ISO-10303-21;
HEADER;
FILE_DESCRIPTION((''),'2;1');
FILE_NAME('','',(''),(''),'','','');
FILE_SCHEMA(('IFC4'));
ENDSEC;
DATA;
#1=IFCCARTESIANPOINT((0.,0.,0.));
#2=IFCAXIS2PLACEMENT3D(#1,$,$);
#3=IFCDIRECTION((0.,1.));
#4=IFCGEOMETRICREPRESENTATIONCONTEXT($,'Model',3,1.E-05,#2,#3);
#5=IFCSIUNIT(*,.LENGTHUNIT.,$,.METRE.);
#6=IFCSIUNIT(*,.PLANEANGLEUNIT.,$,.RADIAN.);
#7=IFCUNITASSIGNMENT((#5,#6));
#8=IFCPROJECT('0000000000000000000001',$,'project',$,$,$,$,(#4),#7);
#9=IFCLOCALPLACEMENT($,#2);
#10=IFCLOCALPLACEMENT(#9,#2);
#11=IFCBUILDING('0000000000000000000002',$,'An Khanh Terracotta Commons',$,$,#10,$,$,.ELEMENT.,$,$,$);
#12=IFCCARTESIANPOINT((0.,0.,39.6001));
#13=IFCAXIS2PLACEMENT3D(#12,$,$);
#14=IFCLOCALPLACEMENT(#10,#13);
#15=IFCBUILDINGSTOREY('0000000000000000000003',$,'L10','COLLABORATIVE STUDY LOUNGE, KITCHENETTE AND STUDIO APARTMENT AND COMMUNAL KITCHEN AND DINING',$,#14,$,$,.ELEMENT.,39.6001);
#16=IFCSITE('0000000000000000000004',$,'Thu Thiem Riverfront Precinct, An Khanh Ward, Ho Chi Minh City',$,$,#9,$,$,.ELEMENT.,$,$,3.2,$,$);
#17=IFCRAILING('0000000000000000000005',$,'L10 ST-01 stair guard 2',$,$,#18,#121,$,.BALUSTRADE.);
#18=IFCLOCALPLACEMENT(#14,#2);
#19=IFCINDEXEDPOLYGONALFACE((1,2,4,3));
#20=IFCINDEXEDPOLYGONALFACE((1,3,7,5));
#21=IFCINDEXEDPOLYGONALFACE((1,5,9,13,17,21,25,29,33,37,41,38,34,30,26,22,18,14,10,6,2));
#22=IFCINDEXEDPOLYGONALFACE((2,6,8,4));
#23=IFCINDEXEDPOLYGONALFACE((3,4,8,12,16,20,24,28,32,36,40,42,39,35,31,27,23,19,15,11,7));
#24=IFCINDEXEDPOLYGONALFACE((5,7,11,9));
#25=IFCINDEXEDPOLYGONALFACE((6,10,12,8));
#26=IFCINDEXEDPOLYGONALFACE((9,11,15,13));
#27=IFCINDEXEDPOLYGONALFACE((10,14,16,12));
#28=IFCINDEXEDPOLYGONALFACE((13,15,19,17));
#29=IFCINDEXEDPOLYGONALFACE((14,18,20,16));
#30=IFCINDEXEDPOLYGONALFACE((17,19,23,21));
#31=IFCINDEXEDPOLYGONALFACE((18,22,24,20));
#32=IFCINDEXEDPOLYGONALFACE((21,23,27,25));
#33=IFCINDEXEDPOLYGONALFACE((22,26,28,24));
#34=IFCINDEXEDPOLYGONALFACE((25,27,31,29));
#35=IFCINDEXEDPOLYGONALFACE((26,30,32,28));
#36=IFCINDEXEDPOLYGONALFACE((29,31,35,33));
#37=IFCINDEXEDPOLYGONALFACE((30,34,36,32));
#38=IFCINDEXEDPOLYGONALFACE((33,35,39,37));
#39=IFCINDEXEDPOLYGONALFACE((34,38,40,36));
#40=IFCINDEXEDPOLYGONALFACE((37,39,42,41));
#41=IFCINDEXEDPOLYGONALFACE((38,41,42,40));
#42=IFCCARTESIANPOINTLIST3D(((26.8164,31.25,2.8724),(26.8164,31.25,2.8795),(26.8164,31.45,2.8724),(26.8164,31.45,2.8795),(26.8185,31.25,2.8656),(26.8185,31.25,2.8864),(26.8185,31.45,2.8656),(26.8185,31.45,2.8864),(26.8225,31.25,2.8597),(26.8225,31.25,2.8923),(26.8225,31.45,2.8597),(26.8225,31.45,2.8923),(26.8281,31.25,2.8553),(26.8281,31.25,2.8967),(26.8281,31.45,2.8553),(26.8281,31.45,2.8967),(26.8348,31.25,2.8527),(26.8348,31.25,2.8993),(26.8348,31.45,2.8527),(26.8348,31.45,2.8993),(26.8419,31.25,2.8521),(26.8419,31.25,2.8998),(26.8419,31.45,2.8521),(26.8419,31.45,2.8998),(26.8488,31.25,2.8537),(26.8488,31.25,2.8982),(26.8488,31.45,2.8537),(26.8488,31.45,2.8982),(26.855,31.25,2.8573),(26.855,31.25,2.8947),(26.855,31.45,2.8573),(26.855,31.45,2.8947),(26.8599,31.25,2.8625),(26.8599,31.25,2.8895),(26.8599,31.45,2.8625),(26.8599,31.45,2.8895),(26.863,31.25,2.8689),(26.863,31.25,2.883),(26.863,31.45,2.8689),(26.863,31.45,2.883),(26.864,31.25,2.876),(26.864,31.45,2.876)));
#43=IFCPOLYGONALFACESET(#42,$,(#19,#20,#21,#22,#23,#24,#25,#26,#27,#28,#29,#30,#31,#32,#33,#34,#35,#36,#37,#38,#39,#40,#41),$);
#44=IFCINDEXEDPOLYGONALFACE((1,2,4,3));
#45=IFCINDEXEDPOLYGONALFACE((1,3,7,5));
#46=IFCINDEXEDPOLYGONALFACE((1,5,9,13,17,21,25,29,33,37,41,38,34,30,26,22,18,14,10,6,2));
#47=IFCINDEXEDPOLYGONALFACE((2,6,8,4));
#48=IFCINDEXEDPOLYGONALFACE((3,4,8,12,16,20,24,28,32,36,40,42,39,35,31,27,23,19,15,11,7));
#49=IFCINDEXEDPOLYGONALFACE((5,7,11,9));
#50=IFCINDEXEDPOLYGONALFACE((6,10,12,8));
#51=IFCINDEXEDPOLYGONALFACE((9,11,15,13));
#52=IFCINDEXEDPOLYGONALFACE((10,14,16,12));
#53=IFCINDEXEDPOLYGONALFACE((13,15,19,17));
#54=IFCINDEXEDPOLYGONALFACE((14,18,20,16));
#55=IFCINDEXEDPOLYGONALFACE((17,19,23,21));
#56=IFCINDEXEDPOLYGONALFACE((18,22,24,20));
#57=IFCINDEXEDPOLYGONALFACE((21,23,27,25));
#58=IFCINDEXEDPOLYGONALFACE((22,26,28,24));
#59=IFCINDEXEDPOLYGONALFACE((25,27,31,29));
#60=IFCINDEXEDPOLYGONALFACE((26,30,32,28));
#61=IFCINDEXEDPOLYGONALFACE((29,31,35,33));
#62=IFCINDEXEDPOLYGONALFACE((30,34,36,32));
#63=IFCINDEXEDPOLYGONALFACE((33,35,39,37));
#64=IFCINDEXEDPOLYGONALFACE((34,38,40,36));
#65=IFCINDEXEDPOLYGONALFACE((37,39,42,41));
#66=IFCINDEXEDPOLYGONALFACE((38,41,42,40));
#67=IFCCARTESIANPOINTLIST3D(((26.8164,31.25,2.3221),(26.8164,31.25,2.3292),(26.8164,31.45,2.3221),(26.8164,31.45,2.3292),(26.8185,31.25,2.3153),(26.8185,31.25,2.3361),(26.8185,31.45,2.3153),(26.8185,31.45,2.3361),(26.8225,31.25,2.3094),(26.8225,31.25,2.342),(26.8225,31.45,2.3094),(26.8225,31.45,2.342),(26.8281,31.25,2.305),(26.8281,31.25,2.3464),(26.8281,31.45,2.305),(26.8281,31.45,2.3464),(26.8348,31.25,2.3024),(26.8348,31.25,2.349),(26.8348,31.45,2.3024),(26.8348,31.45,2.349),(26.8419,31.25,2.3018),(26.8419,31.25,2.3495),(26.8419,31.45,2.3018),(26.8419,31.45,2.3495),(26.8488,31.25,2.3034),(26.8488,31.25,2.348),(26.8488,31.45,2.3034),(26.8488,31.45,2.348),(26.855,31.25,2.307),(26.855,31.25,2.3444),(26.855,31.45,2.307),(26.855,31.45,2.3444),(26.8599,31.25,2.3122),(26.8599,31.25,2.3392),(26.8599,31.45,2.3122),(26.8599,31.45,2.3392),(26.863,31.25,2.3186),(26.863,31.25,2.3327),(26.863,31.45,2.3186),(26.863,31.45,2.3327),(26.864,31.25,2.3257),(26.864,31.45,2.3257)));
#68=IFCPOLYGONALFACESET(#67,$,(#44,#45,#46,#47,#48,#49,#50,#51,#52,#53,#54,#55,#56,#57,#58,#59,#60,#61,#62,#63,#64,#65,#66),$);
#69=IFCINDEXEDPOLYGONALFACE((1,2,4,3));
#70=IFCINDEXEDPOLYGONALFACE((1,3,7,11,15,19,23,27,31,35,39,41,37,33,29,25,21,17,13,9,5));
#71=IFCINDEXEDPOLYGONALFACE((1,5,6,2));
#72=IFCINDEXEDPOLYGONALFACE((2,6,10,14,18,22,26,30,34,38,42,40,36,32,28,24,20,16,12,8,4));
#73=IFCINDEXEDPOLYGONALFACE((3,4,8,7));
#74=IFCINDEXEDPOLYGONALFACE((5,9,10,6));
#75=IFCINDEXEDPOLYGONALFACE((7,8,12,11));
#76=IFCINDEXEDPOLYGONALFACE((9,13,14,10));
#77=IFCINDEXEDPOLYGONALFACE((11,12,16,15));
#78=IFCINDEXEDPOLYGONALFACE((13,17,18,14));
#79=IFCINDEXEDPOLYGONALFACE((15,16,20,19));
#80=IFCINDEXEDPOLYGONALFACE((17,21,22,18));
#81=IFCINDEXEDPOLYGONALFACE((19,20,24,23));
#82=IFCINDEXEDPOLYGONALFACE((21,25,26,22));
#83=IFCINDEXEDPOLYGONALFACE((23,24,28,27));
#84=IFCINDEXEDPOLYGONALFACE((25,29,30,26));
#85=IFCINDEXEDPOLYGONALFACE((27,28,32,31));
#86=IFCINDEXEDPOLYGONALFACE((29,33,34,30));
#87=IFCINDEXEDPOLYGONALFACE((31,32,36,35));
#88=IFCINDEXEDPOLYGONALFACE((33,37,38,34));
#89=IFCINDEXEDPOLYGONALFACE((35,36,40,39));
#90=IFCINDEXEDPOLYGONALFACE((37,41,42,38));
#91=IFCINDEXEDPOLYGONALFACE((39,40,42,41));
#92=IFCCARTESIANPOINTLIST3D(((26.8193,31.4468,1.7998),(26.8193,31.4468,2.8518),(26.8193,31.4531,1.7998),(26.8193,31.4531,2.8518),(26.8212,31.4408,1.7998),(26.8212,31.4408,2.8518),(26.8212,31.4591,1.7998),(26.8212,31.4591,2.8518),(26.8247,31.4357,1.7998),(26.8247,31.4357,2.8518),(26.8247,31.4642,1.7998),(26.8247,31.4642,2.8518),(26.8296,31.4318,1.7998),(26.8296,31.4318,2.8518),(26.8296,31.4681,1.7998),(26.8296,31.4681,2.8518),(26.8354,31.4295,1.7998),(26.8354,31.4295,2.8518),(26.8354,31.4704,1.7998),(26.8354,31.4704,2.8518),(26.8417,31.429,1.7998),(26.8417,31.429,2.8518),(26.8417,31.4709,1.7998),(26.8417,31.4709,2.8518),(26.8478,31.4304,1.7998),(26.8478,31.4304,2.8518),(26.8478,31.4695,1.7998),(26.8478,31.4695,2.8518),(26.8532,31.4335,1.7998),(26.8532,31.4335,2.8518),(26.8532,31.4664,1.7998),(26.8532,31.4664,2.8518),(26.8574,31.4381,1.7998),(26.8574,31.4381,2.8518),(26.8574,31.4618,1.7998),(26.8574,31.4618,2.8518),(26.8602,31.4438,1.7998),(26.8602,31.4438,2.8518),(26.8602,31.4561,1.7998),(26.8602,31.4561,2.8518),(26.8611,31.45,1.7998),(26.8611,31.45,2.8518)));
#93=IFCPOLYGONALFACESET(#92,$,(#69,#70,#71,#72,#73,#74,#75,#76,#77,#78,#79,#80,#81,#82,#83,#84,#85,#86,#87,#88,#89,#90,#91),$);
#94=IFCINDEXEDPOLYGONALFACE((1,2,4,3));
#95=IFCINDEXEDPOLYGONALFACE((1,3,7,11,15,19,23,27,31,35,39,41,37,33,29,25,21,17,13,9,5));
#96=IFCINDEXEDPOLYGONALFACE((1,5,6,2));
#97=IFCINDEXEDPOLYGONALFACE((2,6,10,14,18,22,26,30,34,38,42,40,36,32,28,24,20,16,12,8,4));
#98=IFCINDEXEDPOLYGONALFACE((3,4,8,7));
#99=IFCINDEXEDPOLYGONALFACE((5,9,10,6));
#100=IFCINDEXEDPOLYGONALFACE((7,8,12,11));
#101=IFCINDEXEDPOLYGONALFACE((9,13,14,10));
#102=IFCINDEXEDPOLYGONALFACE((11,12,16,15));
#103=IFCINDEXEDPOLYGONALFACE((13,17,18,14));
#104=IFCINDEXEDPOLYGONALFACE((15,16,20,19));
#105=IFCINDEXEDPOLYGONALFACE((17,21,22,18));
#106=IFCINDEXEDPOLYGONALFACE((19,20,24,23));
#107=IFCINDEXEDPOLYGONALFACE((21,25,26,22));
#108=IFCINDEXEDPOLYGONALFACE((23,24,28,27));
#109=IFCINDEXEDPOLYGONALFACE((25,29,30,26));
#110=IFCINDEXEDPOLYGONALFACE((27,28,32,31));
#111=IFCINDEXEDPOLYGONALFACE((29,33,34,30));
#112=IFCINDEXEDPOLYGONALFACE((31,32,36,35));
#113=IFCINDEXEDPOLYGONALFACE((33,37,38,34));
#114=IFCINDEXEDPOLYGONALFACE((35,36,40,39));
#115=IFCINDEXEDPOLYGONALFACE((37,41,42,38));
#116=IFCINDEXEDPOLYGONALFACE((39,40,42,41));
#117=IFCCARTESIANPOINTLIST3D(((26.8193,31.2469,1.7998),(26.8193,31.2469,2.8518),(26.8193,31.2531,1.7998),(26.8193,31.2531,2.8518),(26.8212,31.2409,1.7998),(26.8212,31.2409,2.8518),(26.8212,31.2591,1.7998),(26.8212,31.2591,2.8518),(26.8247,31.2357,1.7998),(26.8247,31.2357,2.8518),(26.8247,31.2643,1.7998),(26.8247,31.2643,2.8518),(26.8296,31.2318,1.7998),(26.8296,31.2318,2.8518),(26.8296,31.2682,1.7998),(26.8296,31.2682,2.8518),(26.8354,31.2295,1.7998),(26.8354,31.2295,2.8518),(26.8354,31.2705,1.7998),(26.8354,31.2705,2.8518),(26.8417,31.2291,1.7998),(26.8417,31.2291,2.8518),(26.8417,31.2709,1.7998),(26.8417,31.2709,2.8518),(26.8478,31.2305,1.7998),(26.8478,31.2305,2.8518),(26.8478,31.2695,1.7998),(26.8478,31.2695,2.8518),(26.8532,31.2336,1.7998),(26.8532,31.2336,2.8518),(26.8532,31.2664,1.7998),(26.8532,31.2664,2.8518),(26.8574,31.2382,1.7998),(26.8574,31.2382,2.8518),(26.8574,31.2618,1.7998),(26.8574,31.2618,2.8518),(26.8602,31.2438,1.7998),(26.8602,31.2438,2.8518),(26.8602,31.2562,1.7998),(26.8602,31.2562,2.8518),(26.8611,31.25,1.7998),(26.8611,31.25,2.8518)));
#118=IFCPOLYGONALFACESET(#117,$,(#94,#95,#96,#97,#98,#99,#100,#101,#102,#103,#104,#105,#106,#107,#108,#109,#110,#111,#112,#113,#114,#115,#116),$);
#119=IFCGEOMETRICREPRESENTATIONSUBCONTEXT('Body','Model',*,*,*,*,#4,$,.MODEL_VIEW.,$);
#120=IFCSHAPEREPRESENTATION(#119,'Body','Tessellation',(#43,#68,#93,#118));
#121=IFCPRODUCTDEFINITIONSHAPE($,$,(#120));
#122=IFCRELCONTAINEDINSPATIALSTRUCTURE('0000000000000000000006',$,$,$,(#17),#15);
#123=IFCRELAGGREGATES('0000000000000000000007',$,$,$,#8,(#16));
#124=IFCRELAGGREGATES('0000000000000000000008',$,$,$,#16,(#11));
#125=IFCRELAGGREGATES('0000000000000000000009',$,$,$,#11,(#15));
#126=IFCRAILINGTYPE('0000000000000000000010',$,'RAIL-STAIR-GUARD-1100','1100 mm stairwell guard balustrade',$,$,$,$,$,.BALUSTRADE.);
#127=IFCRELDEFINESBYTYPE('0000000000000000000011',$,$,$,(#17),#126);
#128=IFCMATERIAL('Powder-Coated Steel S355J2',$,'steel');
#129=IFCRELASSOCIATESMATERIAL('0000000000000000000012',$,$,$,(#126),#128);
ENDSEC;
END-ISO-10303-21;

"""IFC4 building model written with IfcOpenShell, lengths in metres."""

from ifc_helpers import new_model, si_unit, direction, frame, origin, origin_2d, place, context, subcontext, project, spatial, circle, extrude, material, type_object, element, save


model = new_model("IFC4")

# Units and contexts
model_context = context("Model", 3, precision=1e-05, world=origin(), true_north=direction((0.0, 1.0)))
body_context = subcontext(model_context, "Body", "Model", "MODEL_VIEW")
ifc_project = project(units=[si_unit("LENGTHUNIT", "METRE"), si_unit("PLANEANGLEUNIT", "RADIAN")], contexts=[model_context])

# Site, building, storey
site_placement = place(None, origin())
site = spatial("IfcSite", under=ifc_project, at=site_placement, Name="Thu Thiem Riverfront Precinct, An Khanh Ward, Ho Chi Minh City", CompositionType="ELEMENT", RefElevation=3.2)
building_placement = place(site_placement, origin())
building = spatial("IfcBuilding", under=site, at=building_placement, Name="An Khanh Terracotta Commons", CompositionType="ELEMENT")
storey_placement = place(building_placement, frame((0.0, 0.0, 39.6001)))
storey = spatial("IfcBuildingStorey", under=building, at=storey_placement, Name="L10", Description="COLLABORATIVE STUDY LOUNGE, KITCHENETTE AND STUDIO APARTMENT AND COMMUNAL KITCHEN AND DINING", CompositionType="ELEMENT", Elevation=39.6001)

# Railing
ifc_material_1 = material(Name="Powder-Coated Steel S355J2", Category="steel")
railing_type_1 = type_object("IfcRailingType", Name="RAIL-STAIR-GUARD-1100", Description="1100 mm stairwell guard balustrade", PredefinedType="BALUSTRADE", material=ifc_material_1)
railing_1_placement = place(storey_placement, frame((26.8401, 31.45, 1.7998)))
element("IfcRailing", 1, at=railing_1_placement, inside=storey, type_object=railing_type_1, Name="L10 ST-01 stair guard 2", PredefinedType="BALUSTRADE", context=body_context, shape_type="SweptSolid", body=[
    extrude(circle(Radius=0.0239, at=origin_2d()), frame((0.0, 0.0, 1.0762), z_axis=(0.0, -1.0, 0.0), x_axis=(1.0, 0.0, 0.0)), (0.0, 0.0, 1.0), 0.2),
    extrude(circle(Radius=0.0239, at=origin_2d()), frame((0.0, 0.0, 0.5259), z_axis=(0.0, -1.0, 0.0), x_axis=(1.0, 0.0, 0.0)), (0.0, 0.0, 1.0), 0.2),
    extrude(circle(Radius=0.021, at=origin_2d()), origin(), (0.0, 0.0, 1.0), 1.052),
    extrude(circle(Radius=0.021, at=origin_2d()), frame((0.0, -0.2, 0.0)), (0.0, 0.0, 1.0), 1.052),
])

save(model, "model.ifc")
